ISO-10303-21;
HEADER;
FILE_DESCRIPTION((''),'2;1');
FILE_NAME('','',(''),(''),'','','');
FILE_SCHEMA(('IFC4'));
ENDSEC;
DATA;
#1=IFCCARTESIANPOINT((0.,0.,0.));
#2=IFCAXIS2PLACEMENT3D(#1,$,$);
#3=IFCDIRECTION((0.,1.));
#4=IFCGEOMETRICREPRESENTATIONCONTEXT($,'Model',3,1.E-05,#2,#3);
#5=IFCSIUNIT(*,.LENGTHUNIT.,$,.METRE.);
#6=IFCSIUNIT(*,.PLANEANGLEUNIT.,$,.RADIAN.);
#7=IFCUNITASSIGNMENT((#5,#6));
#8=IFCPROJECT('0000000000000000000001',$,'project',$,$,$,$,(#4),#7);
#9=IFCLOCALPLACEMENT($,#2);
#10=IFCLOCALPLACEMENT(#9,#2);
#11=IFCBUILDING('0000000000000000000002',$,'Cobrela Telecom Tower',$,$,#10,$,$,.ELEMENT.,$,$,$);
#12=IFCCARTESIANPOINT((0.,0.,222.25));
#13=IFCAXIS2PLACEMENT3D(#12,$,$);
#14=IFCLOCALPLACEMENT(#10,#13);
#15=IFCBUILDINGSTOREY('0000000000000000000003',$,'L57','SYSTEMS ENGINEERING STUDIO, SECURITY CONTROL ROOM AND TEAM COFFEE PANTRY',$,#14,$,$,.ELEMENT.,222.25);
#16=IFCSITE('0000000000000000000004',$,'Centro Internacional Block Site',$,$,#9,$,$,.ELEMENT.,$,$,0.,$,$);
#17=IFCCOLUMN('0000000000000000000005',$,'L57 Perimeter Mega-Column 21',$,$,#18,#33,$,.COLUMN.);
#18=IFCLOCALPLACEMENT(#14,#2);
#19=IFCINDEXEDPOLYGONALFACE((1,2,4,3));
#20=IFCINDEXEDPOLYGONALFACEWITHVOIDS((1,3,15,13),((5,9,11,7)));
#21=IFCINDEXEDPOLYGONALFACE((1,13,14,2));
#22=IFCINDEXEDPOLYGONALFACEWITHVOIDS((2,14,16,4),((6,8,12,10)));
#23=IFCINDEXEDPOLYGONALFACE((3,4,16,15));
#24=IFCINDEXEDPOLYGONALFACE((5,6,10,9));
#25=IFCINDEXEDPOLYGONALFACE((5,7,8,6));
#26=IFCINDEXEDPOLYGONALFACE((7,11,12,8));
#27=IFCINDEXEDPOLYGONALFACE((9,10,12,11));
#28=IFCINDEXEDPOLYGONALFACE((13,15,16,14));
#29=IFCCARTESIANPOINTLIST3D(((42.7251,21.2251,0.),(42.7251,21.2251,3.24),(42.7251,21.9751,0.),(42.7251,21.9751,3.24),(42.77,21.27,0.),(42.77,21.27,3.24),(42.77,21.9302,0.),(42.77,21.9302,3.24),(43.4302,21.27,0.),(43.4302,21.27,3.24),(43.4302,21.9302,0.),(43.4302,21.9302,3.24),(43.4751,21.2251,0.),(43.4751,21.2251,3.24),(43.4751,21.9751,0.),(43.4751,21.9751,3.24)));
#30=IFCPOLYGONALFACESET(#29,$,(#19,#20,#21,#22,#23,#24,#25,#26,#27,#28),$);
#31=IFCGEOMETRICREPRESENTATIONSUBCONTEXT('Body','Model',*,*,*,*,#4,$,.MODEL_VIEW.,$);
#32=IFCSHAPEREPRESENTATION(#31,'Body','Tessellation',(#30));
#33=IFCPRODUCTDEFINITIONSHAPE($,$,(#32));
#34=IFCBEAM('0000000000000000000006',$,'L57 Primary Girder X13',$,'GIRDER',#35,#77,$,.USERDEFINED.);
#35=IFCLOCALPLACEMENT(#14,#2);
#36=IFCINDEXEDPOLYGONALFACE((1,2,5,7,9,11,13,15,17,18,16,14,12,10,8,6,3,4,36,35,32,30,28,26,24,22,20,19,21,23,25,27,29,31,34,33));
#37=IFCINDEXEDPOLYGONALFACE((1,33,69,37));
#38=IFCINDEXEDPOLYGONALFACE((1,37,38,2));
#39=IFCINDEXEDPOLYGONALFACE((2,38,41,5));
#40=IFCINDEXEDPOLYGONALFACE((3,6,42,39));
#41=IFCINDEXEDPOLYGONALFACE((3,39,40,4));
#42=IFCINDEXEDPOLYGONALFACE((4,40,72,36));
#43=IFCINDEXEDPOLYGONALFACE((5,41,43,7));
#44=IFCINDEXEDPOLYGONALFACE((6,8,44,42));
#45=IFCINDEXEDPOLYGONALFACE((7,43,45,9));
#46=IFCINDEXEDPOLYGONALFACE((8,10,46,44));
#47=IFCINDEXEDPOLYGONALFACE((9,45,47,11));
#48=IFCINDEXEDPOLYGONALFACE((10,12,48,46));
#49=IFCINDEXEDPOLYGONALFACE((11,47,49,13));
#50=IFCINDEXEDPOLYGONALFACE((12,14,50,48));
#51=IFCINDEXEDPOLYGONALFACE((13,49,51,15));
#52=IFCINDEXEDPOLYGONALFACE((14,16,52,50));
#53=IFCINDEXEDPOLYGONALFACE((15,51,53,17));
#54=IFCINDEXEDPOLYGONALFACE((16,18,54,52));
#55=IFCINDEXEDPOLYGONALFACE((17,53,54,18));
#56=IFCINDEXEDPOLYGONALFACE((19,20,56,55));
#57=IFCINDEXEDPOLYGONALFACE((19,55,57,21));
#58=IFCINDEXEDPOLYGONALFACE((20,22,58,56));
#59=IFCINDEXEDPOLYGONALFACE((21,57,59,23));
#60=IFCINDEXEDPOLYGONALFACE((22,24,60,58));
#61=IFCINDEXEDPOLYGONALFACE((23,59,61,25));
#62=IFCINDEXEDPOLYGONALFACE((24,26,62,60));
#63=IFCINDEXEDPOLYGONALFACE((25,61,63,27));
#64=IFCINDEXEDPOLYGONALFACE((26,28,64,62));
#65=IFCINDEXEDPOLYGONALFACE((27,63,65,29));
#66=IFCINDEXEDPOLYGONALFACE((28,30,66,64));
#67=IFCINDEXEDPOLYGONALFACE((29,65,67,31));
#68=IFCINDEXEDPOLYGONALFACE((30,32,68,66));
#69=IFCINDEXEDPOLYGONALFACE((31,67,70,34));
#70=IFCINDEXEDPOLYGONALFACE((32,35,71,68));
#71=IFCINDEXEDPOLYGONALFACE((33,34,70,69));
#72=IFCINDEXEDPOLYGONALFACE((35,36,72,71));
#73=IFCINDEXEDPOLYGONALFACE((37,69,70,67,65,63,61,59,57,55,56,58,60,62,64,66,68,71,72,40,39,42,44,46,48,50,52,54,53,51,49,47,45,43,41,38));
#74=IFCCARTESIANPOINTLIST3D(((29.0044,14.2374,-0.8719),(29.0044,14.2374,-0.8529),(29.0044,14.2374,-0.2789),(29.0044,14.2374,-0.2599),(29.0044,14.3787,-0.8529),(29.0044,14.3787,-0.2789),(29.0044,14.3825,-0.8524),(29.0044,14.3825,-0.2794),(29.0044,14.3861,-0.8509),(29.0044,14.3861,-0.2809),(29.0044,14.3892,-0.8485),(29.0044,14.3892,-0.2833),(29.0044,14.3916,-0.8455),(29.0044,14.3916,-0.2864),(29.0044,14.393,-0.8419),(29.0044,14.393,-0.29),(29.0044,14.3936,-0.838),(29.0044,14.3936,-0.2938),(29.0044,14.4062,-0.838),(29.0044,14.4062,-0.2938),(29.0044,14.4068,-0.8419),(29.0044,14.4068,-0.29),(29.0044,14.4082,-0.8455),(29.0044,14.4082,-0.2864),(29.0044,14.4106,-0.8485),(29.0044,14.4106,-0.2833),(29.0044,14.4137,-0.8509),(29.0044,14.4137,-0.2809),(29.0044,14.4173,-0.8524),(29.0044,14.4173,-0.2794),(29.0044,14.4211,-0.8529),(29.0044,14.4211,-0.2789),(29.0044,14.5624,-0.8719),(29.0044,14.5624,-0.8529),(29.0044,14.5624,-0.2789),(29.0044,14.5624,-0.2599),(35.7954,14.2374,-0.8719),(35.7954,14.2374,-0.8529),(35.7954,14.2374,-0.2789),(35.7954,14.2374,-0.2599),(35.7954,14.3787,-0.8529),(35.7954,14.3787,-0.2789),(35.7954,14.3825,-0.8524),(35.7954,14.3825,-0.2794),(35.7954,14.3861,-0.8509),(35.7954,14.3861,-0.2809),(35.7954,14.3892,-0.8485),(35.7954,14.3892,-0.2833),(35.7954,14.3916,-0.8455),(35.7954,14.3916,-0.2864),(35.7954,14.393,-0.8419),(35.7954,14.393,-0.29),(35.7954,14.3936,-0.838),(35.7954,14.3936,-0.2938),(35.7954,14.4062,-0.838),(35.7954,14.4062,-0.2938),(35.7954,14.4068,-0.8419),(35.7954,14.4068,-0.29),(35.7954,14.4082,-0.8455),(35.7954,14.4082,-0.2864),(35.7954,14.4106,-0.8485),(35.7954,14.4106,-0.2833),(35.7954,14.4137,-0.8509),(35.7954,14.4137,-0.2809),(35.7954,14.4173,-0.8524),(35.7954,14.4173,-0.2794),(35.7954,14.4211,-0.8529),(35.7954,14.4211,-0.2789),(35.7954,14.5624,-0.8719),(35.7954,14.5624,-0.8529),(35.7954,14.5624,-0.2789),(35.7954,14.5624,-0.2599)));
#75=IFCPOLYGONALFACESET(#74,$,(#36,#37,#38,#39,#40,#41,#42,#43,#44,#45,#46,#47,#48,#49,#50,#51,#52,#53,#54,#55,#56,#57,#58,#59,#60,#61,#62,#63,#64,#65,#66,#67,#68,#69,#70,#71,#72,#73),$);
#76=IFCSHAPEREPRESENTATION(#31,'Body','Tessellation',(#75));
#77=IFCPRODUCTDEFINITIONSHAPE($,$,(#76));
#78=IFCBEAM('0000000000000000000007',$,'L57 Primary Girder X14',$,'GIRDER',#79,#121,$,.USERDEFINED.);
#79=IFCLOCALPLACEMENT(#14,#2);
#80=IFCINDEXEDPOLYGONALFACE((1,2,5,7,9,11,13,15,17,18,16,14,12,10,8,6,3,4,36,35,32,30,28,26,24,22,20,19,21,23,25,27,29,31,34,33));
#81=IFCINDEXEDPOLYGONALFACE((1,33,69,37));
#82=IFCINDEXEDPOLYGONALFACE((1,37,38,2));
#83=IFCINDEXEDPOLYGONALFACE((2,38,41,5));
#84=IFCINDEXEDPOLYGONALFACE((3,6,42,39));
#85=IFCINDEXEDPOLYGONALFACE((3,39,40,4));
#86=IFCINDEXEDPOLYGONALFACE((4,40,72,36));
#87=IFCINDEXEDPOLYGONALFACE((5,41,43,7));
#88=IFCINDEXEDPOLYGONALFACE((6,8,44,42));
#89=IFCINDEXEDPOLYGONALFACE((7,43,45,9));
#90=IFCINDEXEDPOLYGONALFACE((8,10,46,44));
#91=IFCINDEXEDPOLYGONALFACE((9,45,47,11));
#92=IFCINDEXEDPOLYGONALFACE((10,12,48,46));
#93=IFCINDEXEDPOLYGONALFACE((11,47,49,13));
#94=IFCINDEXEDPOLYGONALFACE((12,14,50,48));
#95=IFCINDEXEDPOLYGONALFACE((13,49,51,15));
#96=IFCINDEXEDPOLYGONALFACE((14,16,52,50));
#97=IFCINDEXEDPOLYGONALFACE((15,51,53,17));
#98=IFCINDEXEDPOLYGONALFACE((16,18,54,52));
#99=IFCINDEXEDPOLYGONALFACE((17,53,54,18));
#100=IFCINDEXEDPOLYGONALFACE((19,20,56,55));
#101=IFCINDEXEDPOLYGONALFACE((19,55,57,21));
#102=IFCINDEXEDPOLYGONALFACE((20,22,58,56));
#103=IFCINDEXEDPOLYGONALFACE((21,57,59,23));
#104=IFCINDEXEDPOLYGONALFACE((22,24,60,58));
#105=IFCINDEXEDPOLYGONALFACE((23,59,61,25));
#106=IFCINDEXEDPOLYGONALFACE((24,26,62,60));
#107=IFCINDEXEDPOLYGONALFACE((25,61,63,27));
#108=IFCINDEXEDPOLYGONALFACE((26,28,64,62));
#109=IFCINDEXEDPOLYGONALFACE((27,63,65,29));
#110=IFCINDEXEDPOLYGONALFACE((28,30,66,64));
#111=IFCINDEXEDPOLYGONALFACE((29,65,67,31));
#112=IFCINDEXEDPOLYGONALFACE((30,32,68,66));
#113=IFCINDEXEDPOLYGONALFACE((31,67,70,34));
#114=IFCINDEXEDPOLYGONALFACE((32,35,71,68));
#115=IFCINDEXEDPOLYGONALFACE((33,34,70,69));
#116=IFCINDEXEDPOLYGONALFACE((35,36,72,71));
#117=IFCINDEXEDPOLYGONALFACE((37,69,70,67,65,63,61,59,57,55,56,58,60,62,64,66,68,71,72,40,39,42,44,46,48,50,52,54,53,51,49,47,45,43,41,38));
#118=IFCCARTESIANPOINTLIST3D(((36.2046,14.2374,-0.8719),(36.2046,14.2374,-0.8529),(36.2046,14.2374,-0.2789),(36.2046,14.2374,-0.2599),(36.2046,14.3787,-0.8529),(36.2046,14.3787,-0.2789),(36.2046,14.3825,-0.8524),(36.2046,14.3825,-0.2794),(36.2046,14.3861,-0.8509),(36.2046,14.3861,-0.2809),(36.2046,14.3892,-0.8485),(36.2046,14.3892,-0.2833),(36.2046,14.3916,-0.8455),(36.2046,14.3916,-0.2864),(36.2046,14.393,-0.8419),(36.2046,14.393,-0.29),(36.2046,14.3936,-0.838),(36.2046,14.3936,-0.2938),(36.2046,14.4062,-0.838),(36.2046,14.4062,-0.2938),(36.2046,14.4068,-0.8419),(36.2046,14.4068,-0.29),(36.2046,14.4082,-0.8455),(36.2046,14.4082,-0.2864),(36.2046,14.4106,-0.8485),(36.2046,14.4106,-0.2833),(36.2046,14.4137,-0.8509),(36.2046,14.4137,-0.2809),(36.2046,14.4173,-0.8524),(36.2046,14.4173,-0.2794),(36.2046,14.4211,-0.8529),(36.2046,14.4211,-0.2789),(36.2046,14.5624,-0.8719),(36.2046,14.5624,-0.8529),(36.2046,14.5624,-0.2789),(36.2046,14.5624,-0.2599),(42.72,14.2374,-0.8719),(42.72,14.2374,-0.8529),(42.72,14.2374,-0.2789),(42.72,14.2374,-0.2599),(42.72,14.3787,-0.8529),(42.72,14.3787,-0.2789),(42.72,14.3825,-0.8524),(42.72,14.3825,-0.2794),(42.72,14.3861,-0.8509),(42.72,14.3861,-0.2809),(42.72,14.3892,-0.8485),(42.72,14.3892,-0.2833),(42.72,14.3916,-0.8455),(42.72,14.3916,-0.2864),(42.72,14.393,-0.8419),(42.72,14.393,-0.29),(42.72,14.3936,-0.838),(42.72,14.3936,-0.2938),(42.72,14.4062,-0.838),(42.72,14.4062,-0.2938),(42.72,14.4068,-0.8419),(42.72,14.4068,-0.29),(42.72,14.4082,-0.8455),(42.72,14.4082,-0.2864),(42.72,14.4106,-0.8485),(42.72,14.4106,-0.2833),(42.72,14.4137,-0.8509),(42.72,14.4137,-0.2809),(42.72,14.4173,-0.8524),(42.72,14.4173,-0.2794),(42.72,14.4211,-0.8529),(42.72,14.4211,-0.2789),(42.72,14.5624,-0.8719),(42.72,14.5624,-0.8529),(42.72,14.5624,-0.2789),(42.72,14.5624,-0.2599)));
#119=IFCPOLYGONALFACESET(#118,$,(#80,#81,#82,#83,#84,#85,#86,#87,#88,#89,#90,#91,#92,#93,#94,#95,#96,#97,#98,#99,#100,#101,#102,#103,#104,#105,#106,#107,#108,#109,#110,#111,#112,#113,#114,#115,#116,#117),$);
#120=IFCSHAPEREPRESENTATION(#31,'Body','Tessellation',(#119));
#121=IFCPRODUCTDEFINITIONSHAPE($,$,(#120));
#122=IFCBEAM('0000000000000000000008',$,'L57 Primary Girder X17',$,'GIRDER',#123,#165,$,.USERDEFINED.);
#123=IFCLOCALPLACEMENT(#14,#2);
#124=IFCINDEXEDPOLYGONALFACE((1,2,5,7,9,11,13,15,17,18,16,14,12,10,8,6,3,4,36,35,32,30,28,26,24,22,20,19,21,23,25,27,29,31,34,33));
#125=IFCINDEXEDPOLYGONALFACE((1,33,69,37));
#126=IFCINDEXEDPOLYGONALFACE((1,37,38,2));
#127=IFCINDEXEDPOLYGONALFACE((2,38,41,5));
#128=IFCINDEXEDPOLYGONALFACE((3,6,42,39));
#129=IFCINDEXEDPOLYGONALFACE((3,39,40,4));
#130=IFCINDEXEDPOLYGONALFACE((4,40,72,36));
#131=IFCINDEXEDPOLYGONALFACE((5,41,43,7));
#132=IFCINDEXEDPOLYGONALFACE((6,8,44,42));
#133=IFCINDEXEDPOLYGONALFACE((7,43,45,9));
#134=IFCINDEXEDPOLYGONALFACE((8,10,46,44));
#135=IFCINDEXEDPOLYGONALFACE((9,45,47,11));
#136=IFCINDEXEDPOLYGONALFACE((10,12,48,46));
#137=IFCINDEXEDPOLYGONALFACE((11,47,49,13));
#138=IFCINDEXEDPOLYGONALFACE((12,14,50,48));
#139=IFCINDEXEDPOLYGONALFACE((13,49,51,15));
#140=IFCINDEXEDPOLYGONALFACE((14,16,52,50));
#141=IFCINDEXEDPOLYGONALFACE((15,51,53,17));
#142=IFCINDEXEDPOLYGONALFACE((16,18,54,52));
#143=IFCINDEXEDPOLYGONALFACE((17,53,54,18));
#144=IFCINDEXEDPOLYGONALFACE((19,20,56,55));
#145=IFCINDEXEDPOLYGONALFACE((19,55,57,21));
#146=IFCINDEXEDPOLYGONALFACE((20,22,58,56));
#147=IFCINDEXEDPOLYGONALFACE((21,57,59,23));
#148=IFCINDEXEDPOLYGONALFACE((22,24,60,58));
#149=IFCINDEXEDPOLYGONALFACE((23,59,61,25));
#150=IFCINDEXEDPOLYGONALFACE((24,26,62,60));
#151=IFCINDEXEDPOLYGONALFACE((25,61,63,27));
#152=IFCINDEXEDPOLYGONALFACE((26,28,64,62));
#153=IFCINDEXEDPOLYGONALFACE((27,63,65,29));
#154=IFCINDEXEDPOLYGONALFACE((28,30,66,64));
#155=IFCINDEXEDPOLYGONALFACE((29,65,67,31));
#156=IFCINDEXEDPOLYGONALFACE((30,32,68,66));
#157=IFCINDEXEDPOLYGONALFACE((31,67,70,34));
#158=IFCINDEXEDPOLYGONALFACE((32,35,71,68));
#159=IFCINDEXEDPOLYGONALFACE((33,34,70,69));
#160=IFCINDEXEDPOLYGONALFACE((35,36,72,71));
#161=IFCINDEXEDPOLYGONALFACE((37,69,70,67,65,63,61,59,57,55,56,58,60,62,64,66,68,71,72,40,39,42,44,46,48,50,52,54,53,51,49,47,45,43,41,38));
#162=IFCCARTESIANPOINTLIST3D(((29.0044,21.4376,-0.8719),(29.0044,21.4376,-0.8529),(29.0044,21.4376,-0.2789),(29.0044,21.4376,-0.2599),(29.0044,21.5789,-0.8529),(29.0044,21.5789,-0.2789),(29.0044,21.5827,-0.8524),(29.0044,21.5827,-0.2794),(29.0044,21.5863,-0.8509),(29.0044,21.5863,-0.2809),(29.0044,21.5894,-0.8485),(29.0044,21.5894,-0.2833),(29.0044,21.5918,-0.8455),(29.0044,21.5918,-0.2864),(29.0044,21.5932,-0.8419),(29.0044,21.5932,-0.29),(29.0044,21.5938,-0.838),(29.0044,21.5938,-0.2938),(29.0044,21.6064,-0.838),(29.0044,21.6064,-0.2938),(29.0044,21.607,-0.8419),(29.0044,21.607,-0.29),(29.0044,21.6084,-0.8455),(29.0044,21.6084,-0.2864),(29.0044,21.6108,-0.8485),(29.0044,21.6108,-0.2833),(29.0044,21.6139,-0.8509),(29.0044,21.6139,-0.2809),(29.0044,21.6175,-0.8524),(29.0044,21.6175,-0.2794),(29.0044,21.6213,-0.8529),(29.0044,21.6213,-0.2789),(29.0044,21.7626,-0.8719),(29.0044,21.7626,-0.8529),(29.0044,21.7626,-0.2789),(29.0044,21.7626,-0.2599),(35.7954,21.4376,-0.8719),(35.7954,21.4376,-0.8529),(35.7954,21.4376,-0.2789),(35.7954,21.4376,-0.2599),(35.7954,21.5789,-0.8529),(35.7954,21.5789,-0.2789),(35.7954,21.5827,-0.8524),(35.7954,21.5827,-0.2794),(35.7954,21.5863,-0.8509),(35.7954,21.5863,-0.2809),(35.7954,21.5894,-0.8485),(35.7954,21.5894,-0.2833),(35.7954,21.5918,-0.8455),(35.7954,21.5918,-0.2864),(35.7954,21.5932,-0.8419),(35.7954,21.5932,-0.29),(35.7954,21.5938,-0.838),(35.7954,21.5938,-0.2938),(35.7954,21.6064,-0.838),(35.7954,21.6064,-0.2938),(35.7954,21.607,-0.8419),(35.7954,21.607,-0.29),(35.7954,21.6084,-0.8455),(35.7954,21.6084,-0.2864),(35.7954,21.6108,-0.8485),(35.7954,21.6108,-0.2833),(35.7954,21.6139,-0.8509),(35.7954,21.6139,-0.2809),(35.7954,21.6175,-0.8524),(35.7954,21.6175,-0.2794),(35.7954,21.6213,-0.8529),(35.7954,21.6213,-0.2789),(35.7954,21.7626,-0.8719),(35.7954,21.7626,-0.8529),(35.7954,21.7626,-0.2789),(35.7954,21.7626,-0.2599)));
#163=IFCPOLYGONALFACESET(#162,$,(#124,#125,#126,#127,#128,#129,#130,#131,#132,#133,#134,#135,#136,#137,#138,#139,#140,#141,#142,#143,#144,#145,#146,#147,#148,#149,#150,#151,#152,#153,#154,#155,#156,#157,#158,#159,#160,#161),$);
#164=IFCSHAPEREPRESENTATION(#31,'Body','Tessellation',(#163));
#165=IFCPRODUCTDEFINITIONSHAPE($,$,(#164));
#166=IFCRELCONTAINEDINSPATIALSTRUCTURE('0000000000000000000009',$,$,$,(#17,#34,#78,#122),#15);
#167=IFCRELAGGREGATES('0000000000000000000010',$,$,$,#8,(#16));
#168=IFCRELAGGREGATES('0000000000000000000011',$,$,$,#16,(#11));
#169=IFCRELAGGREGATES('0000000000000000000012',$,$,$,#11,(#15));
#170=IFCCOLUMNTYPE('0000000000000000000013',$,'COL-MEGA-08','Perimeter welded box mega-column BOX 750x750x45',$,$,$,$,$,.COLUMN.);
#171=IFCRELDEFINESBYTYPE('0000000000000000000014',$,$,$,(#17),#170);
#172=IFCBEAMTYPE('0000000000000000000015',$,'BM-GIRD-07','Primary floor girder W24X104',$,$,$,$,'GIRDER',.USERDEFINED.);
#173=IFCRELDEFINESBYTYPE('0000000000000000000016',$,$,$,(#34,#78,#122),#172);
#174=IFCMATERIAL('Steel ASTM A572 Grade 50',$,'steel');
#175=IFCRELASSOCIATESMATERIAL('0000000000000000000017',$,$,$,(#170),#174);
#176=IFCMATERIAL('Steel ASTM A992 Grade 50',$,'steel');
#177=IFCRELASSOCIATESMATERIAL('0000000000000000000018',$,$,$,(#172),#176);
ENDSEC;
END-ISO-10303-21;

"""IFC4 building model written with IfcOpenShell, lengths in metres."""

from ifc_helpers import new_model, si_unit, direction, frame, origin, origin_2d, place, context, subcontext, project, spatial, hollow_rectangle, i_section, extrude, material, material_profile, profile_set, type_object, element, save


model = new_model("IFC4")

# Units and contexts
model_context = context("Model", 3, precision=1e-05, world=origin(), true_north=direction((0.0, 1.0)))
body_context = subcontext(model_context, "Body", "Model", "MODEL_VIEW")
ifc_project = project(units=[si_unit("LENGTHUNIT", "METRE"), si_unit("PLANEANGLEUNIT", "RADIAN")], contexts=[model_context])

# Site, building, storey
site_placement = place(None, origin())
site = spatial("IfcSite", under=ifc_project, at=site_placement, Name="Centro Internacional Block Site", CompositionType="ELEMENT", RefElevation=0.0)
building_placement = place(site_placement, origin())
building = spatial("IfcBuilding", under=site, at=building_placement, Name="Cobrela Telecom Tower", CompositionType="ELEMENT")
storey_placement = place(building_placement, frame((0.0, 0.0, 222.25)))
storey = spatial("IfcBuildingStorey", under=building, at=storey_placement, Name="L57", Description="SYSTEMS ENGINEERING STUDIO, SECURITY CONTROL ROOM AND TEAM COFFEE PANTRY", CompositionType="ELEMENT", Elevation=222.25)

# Column
ifc_material_1 = material(Name="Steel ASTM A992 Grade 50", Category="steel")
ifc_material_2 = material(Name="Steel ASTM A572 Grade 50", Category="steel")
ifc_material_profile_1 = material_profile(ifc_material_2, hollow_rectangle(XDim=0.75, YDim=0.75, WallThickness=0.0449, at=origin_2d()), Name="BOX 750x750x45")
ifc_profile_set_1 = profile_set([ifc_material_profile_1], Name="Steel ASTM A572 Grade 50")
column_type_1 = type_object("IfcColumnType", Name="COL-MEGA-08", Description="Perimeter welded box mega-column BOX 750x750x45", PredefinedType="COLUMN", material=ifc_profile_set_1)
for number, where, z_axis, x_axis, name in (
    (1, (43.1001, 21.6001, 0.0), (0.0, 0.0, 1.0), (1.0, 0.0, 0.0), "L57 Perimeter Mega-Column 21"),
):
    element("IfcColumn", number, at=place(storey_placement, frame(where, z_axis=z_axis, x_axis=x_axis)), inside=storey, type_object=column_type_1, Name=name, PredefinedType="COLUMN", context=body_context, shape_type="SweptSolid", body=[
        extrude(hollow_rectangle(XDim=0.75, YDim=0.75, WallThickness=0.0449, at=origin_2d()), origin(), (0.0, 0.0, 1.0), 3.24),
    ])

# Beams
ifc_material_profile_2 = material_profile(ifc_material_1, i_section(OverallWidth=0.325, OverallDepth=0.6121, WebThickness=0.0127, FlangeThickness=0.019, FilletRadius=0.0149, at=origin_2d()), Name="W24X104")
ifc_profile_set_2 = profile_set([ifc_material_profile_2], Name="Steel ASTM A992 Grade 50")
beam_type_1 = type_object("IfcBeamType", Name="BM-GIRD-07", Description="Primary floor girder W24X104", ElementType="GIRDER", PredefinedType="USERDEFINED", material=ifc_profile_set_2)
beam_1_placement = place(storey_placement, frame((29.0044, 14.3999, -0.5659), z_axis=(1.0, 0.0, 0.0), x_axis=(0.0, 1.0, 0.0)))
element("IfcBeam", 2, at=beam_1_placement, inside=storey, type_object=beam_type_1, Name="L57 Primary Girder X13", ObjectType="GIRDER", PredefinedType="USERDEFINED", context=body_context, shape_type="SweptSolid", body=[
    extrude(i_section(OverallWidth=0.325, OverallDepth=0.6121, WebThickness=0.0127, FlangeThickness=0.019, FilletRadius=0.0149, at=origin_2d()), origin(), (0.0, 0.0, 1.0), 6.791),
])
beam_2_placement = place(storey_placement, frame((36.2046, 14.3999, -0.5659), z_axis=(1.0, 0.0, 0.0), x_axis=(0.0, 1.0, 0.0)))
element("IfcBeam", 3, at=beam_2_placement, inside=storey, type_object=beam_type_1, Name="L57 Primary Girder X14", ObjectType="GIRDER", PredefinedType="USERDEFINED", context=body_context, shape_type="SweptSolid", body=[
    extrude(i_section(OverallWidth=0.325, OverallDepth=0.6121, WebThickness=0.0127, FlangeThickness=0.019, FilletRadius=0.0149, at=origin_2d()), origin(), (0.0, 0.0, 1.0), 6.5154),
])
beam_3_placement = place(storey_placement, frame((29.0044, 21.6001, -0.5659), z_axis=(1.0, 0.0, 0.0), x_axis=(0.0, 1.0, 0.0)))
element("IfcBeam", 4, at=beam_3_placement, inside=storey, type_object=beam_type_1, Name="L57 Primary Girder X17", ObjectType="GIRDER", PredefinedType="USERDEFINED", context=body_context, shape_type="SweptSolid", body=[
    extrude(i_section(OverallWidth=0.325, OverallDepth=0.6121, WebThickness=0.0127, FlangeThickness=0.019, FilletRadius=0.0149, at=origin_2d()), origin(), (0.0, 0.0, 1.0), 6.791),
])

save(model, "model.ifc")
